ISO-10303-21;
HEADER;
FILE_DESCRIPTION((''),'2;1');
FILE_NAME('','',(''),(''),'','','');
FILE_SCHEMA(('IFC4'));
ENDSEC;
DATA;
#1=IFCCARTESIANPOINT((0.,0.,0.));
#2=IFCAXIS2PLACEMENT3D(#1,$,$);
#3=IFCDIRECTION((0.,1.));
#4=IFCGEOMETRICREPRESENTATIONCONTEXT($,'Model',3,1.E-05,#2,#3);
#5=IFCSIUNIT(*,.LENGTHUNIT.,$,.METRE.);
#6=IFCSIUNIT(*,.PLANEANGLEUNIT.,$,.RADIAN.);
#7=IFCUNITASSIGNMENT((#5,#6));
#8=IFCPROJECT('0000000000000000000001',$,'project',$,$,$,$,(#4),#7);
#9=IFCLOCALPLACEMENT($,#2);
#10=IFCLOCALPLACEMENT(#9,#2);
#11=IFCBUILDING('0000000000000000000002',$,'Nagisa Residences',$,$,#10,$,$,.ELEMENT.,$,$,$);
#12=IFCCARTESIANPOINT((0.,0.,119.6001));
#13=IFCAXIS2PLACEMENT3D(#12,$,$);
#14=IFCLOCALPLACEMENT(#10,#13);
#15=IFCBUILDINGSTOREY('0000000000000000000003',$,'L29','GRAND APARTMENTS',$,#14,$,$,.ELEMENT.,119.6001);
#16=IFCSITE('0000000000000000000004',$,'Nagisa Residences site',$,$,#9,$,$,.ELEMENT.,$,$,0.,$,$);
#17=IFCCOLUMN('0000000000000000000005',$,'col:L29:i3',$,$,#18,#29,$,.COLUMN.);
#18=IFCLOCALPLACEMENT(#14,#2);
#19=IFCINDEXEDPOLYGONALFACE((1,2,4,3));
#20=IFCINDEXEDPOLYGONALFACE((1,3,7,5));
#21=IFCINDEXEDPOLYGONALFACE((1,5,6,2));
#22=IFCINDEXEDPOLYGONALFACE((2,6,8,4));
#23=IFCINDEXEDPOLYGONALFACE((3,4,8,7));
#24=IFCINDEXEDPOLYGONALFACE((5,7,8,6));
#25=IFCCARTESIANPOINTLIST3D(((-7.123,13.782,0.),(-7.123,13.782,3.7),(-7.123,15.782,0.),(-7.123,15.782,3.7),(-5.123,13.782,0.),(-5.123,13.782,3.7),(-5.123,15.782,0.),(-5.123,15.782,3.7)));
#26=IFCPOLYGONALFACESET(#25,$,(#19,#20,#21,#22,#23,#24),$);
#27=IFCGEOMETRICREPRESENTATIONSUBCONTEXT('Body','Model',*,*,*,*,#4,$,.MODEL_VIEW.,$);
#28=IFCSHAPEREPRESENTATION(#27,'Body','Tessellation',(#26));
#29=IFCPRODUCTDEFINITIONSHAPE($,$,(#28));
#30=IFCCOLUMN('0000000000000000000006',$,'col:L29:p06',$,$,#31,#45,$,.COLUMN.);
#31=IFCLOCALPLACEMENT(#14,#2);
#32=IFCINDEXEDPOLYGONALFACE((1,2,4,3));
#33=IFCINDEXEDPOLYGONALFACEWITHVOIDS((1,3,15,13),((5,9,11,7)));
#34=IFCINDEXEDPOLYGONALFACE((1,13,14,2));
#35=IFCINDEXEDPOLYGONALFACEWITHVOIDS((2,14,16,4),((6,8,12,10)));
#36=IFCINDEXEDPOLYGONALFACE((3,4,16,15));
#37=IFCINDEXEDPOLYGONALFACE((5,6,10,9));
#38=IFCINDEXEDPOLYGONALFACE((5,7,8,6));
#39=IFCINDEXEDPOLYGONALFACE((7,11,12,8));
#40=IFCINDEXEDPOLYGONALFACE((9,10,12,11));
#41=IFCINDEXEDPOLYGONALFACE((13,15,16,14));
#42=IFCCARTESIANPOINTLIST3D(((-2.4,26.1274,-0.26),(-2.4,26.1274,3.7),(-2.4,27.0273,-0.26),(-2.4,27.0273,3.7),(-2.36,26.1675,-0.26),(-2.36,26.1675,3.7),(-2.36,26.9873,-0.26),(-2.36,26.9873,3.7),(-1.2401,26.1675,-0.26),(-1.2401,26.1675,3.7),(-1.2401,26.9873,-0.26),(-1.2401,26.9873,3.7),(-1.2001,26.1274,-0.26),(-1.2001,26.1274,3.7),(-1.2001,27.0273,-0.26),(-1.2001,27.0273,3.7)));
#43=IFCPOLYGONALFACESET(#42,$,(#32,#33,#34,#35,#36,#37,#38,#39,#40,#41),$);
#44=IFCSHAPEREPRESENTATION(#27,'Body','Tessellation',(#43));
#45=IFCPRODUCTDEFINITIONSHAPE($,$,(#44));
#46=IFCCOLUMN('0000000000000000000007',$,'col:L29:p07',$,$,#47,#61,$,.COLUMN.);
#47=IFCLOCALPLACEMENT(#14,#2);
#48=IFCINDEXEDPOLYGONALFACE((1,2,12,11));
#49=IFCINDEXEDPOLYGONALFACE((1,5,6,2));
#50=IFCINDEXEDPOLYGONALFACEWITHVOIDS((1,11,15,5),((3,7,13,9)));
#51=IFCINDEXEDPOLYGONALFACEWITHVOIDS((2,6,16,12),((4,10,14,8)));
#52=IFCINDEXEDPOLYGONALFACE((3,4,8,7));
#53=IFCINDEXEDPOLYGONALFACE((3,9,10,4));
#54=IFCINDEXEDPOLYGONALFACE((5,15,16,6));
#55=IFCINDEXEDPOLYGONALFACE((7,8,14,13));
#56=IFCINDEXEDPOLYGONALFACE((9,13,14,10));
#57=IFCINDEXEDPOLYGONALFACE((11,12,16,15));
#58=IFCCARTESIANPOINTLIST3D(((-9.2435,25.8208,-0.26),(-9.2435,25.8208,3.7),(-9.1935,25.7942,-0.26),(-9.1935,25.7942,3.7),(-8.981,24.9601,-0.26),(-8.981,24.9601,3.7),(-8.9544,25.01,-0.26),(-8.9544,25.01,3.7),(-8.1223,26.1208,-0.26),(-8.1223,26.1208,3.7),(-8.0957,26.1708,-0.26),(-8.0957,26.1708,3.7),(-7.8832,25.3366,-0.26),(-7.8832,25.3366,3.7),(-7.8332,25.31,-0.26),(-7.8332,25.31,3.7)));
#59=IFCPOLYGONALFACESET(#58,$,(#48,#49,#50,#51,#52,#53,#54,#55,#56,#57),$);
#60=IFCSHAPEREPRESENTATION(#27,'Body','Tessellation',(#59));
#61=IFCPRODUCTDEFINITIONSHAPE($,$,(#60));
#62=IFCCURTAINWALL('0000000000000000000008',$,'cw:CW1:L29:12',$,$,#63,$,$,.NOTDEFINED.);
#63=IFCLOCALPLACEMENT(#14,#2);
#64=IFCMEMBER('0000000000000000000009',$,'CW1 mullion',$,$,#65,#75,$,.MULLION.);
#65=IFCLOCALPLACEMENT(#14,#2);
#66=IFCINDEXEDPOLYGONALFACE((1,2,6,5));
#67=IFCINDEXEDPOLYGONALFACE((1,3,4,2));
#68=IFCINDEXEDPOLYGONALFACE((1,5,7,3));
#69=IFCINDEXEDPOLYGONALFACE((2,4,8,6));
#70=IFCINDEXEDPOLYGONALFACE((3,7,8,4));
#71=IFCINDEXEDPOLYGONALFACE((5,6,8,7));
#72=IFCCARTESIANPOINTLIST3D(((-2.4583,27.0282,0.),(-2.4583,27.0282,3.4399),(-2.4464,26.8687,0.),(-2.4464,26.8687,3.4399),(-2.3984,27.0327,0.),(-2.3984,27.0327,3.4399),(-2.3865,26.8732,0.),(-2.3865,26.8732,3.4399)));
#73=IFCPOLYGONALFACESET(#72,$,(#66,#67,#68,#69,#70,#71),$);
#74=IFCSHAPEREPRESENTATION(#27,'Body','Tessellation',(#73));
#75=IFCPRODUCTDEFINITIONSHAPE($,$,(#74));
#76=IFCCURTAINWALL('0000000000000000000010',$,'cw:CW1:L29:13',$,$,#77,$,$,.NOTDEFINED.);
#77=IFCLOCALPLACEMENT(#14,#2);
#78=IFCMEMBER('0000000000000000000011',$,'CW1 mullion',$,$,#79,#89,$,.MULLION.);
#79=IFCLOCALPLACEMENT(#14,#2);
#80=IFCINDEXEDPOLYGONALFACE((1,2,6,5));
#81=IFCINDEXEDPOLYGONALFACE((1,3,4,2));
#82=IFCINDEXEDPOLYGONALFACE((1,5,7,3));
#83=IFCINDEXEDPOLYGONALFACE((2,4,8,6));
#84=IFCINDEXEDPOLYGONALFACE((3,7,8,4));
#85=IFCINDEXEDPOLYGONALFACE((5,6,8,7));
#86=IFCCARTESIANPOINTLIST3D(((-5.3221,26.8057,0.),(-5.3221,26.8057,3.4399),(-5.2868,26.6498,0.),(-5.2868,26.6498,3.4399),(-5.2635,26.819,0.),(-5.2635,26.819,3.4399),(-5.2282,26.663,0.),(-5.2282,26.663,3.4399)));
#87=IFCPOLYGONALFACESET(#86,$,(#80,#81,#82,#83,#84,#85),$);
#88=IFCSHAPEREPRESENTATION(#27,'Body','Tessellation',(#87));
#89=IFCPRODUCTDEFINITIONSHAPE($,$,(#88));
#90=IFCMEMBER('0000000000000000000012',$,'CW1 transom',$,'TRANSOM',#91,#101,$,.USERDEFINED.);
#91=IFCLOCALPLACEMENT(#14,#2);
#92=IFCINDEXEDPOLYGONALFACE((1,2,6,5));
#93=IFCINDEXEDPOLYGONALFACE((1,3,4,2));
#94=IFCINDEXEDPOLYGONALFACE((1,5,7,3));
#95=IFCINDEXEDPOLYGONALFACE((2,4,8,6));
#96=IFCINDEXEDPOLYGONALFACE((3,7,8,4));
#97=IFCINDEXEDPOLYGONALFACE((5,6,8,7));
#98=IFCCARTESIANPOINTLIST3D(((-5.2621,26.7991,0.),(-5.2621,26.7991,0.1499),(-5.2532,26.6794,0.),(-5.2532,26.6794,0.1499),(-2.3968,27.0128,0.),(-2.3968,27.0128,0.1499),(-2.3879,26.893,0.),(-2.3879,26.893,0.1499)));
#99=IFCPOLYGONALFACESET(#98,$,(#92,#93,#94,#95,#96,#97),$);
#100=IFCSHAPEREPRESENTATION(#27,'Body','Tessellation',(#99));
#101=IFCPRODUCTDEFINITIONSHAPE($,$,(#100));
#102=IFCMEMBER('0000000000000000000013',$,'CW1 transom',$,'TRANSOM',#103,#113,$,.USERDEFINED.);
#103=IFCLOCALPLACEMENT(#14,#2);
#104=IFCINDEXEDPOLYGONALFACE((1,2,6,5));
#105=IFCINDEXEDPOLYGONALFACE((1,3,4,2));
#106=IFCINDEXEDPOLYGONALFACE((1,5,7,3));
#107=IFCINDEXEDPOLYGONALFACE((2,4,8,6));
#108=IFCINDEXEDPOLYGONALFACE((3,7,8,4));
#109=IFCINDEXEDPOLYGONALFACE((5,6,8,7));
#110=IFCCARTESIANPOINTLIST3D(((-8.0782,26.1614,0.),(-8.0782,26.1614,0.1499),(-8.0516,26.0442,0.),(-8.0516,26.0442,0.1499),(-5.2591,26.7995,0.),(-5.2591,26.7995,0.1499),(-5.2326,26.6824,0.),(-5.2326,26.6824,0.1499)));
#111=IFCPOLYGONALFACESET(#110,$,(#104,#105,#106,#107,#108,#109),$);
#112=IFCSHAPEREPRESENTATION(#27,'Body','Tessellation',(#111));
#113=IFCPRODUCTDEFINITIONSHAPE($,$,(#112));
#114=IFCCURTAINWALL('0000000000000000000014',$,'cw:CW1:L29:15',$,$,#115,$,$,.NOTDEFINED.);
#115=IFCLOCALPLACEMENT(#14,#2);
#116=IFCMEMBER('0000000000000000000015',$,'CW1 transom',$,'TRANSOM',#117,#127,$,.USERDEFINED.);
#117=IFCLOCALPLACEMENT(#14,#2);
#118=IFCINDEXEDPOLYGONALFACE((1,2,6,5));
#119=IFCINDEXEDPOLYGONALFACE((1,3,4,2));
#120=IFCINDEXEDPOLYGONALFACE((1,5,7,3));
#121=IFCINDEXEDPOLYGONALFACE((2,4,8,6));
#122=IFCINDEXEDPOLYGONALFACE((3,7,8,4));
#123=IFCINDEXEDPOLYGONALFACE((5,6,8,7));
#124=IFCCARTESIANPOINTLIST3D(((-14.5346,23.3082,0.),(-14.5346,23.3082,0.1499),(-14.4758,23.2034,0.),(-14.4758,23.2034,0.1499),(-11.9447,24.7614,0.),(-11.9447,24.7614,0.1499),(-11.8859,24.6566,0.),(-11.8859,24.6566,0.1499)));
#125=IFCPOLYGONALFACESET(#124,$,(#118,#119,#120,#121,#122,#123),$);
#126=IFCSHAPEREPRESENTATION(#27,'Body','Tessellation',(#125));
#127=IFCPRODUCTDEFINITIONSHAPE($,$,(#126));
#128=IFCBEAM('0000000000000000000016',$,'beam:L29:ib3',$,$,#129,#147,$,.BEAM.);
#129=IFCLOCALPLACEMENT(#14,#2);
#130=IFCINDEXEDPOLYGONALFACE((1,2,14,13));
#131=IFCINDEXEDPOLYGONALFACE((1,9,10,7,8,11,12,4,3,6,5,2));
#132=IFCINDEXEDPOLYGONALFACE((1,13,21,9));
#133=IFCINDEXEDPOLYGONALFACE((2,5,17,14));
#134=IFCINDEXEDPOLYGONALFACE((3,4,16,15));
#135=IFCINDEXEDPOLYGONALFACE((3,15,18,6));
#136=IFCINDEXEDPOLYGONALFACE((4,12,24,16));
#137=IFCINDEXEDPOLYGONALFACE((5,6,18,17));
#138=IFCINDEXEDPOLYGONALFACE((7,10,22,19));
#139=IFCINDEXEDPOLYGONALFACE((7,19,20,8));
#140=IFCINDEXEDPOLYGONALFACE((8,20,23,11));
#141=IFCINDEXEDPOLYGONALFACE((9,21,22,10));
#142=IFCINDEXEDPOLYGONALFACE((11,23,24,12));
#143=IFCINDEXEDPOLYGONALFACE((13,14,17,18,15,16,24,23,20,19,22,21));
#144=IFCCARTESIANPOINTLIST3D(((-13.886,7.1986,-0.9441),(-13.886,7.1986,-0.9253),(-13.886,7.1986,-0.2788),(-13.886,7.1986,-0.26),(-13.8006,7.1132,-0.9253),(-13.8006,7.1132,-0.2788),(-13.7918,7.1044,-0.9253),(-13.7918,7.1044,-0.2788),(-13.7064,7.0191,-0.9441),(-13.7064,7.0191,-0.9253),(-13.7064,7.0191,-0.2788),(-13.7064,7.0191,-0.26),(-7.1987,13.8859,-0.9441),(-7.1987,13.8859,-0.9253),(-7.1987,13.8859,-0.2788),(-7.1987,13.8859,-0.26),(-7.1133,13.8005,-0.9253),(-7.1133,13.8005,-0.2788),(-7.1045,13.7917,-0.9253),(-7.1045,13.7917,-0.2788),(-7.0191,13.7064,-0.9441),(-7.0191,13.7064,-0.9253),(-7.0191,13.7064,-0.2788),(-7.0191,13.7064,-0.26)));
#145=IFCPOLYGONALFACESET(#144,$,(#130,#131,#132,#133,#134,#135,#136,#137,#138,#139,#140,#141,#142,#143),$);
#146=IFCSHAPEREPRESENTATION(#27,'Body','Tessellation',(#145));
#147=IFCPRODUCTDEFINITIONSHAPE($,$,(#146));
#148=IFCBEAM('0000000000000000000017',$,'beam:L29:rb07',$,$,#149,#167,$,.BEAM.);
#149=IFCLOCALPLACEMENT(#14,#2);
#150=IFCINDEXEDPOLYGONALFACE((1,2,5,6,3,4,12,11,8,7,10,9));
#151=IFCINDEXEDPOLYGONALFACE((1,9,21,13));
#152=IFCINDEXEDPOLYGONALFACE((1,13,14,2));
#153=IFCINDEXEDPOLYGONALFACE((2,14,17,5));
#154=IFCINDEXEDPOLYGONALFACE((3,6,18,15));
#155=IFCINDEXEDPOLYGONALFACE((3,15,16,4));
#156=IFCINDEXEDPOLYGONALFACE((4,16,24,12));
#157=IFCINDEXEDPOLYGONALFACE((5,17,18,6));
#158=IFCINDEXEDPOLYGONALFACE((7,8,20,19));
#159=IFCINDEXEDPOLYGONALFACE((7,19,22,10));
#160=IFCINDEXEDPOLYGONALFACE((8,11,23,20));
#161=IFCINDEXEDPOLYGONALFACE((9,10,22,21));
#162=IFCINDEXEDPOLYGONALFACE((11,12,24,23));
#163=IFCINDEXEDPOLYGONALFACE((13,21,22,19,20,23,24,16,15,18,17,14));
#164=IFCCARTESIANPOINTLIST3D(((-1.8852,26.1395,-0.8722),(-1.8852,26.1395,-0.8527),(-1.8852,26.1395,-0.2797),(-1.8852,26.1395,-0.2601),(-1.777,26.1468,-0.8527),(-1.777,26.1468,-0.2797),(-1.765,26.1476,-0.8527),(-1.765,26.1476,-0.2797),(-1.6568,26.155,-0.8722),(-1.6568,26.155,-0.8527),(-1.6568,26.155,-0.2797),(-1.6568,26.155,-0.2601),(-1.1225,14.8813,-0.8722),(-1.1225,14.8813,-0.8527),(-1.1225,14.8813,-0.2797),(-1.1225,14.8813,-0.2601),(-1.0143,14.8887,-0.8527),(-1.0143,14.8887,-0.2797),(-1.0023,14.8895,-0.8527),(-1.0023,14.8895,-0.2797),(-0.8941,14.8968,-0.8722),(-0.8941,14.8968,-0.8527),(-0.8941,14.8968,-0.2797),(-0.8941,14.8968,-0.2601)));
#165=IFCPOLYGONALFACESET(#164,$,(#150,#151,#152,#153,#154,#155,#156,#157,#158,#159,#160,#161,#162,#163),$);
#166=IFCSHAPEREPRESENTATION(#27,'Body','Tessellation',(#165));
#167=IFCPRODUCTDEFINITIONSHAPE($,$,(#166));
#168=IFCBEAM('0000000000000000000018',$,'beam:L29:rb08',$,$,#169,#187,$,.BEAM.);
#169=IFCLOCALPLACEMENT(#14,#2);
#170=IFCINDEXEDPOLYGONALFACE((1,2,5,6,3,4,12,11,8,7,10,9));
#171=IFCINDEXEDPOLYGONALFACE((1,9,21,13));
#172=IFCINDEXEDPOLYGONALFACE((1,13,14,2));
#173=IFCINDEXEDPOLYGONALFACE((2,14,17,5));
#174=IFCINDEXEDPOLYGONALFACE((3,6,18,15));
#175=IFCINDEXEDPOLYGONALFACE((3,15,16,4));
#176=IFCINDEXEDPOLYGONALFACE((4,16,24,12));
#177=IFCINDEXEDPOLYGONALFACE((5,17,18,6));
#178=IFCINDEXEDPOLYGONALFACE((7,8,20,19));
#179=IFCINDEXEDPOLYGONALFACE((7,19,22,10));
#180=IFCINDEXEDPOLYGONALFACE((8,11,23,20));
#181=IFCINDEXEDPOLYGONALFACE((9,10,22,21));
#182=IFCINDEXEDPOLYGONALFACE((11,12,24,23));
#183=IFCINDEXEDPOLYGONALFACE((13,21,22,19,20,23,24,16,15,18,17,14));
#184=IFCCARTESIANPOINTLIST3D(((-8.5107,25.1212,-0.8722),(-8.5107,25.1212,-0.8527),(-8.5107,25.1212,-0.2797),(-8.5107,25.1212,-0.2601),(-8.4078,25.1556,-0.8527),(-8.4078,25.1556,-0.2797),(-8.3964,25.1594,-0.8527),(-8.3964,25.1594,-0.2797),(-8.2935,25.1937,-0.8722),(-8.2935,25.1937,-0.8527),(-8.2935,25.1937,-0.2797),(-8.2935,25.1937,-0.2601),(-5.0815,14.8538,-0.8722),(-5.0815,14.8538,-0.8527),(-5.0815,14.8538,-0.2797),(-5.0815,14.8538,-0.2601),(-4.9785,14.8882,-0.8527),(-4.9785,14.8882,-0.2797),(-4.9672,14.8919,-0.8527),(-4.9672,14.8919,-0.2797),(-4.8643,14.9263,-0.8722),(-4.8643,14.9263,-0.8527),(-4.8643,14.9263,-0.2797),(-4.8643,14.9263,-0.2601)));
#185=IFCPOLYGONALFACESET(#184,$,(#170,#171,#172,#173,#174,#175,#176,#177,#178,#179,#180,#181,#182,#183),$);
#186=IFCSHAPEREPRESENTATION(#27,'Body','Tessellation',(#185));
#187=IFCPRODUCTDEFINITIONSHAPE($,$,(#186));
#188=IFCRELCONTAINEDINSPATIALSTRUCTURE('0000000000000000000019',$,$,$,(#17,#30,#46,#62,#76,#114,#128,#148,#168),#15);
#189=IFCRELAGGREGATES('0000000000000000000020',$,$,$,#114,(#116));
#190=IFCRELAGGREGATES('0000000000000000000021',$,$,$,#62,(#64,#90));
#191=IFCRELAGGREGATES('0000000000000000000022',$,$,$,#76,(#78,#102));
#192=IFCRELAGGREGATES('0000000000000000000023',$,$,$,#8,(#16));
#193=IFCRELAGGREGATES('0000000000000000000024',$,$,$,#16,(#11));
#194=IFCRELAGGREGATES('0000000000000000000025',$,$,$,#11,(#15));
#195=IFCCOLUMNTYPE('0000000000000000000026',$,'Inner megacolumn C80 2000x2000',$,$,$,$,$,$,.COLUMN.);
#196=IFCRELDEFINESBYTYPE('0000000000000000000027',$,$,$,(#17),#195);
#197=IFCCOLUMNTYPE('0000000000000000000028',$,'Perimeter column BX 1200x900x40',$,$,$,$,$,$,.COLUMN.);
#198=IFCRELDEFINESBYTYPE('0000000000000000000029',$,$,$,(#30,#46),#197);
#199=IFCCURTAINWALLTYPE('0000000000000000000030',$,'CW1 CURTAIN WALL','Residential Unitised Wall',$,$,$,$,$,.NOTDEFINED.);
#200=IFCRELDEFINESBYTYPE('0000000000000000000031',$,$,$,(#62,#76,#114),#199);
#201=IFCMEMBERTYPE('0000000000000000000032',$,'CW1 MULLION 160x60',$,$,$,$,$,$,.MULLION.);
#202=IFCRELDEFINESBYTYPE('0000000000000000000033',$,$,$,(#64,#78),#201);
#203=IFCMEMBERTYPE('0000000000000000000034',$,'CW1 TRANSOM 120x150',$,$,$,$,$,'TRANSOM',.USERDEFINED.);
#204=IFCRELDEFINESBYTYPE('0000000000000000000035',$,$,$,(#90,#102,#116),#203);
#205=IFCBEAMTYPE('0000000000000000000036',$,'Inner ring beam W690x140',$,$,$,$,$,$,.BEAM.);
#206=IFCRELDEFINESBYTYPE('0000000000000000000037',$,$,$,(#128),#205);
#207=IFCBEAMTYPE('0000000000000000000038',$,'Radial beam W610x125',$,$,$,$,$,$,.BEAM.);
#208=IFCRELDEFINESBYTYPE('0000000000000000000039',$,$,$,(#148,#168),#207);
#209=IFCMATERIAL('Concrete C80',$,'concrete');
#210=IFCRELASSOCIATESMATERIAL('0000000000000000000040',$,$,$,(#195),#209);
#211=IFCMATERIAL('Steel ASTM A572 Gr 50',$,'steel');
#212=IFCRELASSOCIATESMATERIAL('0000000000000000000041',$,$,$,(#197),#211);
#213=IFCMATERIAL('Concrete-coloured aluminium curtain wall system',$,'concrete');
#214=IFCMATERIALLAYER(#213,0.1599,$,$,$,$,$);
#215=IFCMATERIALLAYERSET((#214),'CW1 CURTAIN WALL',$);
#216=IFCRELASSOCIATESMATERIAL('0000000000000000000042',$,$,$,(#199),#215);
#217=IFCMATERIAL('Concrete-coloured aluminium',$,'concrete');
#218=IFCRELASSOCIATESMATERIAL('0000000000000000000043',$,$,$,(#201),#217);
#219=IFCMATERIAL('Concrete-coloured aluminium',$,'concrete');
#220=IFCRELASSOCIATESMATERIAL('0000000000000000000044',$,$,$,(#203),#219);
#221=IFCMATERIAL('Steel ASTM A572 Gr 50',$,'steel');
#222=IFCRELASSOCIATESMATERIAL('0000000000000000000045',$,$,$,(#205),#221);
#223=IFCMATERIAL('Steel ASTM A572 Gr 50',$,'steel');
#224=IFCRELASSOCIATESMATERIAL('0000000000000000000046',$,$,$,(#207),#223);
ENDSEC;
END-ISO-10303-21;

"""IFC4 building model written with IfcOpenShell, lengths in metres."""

from ifc_helpers import new_model, si_unit, direction, frame, origin, origin_2d, place, context, subcontext, project, spatial, rectangle, hollow_rectangle, i_section, extrude, material, layer, layer_set, material_profile, profile_set, type_object, element, aggregate, save


model = new_model("IFC4")

# Units and contexts
model_context = context("Model", 3, precision=1e-05, world=origin(), true_north=direction((0.0, 1.0)))
body_context = subcontext(model_context, "Body", "Model", "MODEL_VIEW")
ifc_project = project(units=[si_unit("LENGTHUNIT", "METRE"), si_unit("PLANEANGLEUNIT", "RADIAN")], contexts=[model_context])

# Site, building, storey
site_placement = place(None, origin())
site = spatial("IfcSite", under=ifc_project, at=site_placement, Name="Nagisa Residences site", CompositionType="ELEMENT", RefElevation=0.0)
building_placement = place(site_placement, origin())
building = spatial("IfcBuilding", under=site, at=building_placement, Name="Nagisa Residences", CompositionType="ELEMENT")
storey_placement = place(building_placement, frame((0.0, 0.0, 119.6001)))
storey = spatial("IfcBuildingStorey", under=building, at=storey_placement, Name="L29", Description="GRAND APARTMENTS", CompositionType="ELEMENT", Elevation=119.6001)

# Columns
ifc_material_1 = material(Name="Concrete C80", Category="concrete")
ifc_material_profile_1 = material_profile(ifc_material_1, rectangle(XDim=2.0, YDim=2.0, at=origin_2d()), Name="C80 2000x2000")
ifc_profile_set_1 = profile_set([ifc_material_profile_1], Name="Concrete C80")
column_type_1 = type_object("IfcColumnType", Name="Inner megacolumn C80 2000x2000", PredefinedType="COLUMN", material=ifc_profile_set_1)
column_placement = place(storey_placement, frame((-6.123, 14.782, 0.0), z_axis=(0.0, 0.0, 1.0), x_axis=(1.0, 0.0, 0.0)))
element("IfcColumn", 1, at=column_placement, inside=storey, type_object=column_type_1, Name="col:L29:i3", PredefinedType="COLUMN", context=body_context, shape_type="SweptSolid", body=[
    extrude(rectangle(XDim=2.0, YDim=2.0, at=origin_2d()), origin(), (0.0, 0.0, 1.0), 3.7),
])
ifc_material_2 = material(Name="Steel ASTM A572 Gr 50", Category="steel")
ifc_material_profile_2 = material_profile(ifc_material_2, hollow_rectangle(XDim=1.2, YDim=0.8999, WallThickness=0.04, at=origin_2d()), Name="BX 1200x900x40")
ifc_profile_set_2 = profile_set([ifc_material_profile_2], Name="Steel ASTM A572 Gr 50")
column_type_2 = type_object("IfcColumnType", Name="Perimeter column BX 1200x900x40", PredefinedType="COLUMN", material=ifc_profile_set_2)
for number, where, z_axis, x_axis, name in (
    (2, (-1.8, 26.5774, -0.26), (0.0, 0.0, 1.0), (-1.0, 0.0, 0.0), "col:L29:p06"),
    (3, (-8.5383, 25.5654, -0.26), (0.0, 0.0, 1.0), (-0.956525, -0.291652, 0.0), "col:L29:p07"),
):
    element("IfcColumn", number, at=place(storey_placement, frame(where, z_axis=z_axis, x_axis=x_axis)), inside=storey, type_object=column_type_2, Name=name, PredefinedType="COLUMN", context=body_context, shape_type="SweptSolid", body=[
        extrude(hollow_rectangle(XDim=1.2, YDim=0.8999, WallThickness=0.04, at=origin_2d()), origin(), (0.0, 0.0, 1.0), 3.96),
    ])

# Curtain walls, members
ifc_material_3 = material(Name="Concrete-coloured aluminium curtain wall system", Category="concrete")
ifc_layer_1 = layer(ifc_material_3, 0.1599)
ifc_layer_set_1 = layer_set([ifc_layer_1], Name="CW1 CURTAIN WALL")
curtain_wall_type = type_object("IfcCurtainWallType", Name="CW1 CURTAIN WALL", Description="Residential Unitised Wall", PredefinedType="NOTDEFINED", material=ifc_layer_set_1)
curtain_wall_1_placement = place(storey_placement, origin())
curtain_wall_1 = element("IfcCurtainWall", 4, at=curtain_wall_1_placement, inside=storey, type_object=curtain_wall_type, Name="cw:CW1:L29:12", PredefinedType="NOTDEFINED")
ifc_material_4 = material(Name="Concrete-coloured aluminium", Category="concrete")
ifc_material_profile_3 = material_profile(ifc_material_4, rectangle(XDim=0.1599, YDim=0.0601, at=origin_2d()), Name="CW1 MULLION 160x60")
ifc_profile_set_3 = profile_set([ifc_material_profile_3], Name="Concrete-coloured aluminium")
member_type_1 = type_object("IfcMemberType", Name="CW1 MULLION 160x60", PredefinedType="MULLION", material=ifc_profile_set_3)
member_1_placement = place(storey_placement, frame((-2.4224, 26.9507, 0.0), z_axis=(0.0, 0.0, 1.0), x_axis=(0.074377, -0.99723, 0.0)))
member_1 = element("IfcMember", 5, at=member_1_placement, type_object=member_type_1, Name="CW1 mullion", PredefinedType="MULLION", context=body_context, shape_type="SweptSolid", body=[
    extrude(rectangle(XDim=0.1599, YDim=0.0601, at=origin_2d()), origin(), (0.0, 0.0, 1.0), 3.4399),
])
curtain_wall_2_placement = place(storey_placement, origin())
curtain_wall_2 = element("IfcCurtainWall", 6, at=curtain_wall_2_placement, inside=storey, type_object=curtain_wall_type, Name="cw:CW1:L29:13", PredefinedType="NOTDEFINED")
member_2_placement = place(storey_placement, frame((-5.2751, 26.7344, 0.0), z_axis=(0.0, 0.0, 1.0), x_axis=(0.220764, -0.975327, 0.0)))
member_2 = element("IfcMember", 7, at=member_2_placement, type_object=member_type_1, Name="CW1 mullion", PredefinedType="MULLION", context=body_context, shape_type="SweptSolid", body=[
    extrude(rectangle(XDim=0.1599, YDim=0.0601, at=origin_2d()), origin(), (0.0, 0.0, 1.0), 3.4399),
])

# Members
ifc_material_5 = material(Name="Concrete-coloured aluminium", Category="concrete")
ifc_material_profile_4 = material_profile(ifc_material_5, rectangle(XDim=0.1201, YDim=0.1499, at=origin_2d()), Name="CW1 TRANSOM 120x150")
ifc_profile_set_4 = profile_set([ifc_material_profile_4], Name="Concrete-coloured aluminium")
member_type_2 = type_object("IfcMemberType", Name="CW1 TRANSOM 120x150", ElementType="TRANSOM", PredefinedType="USERDEFINED", material=ifc_profile_set_4)
member_3_placement = place(storey_placement, frame((-2.3923, 26.9529, 0.075), z_axis=(-0.997232, -0.074351, 0.0), x_axis=(0.074351, -0.997232, 0.0)))
member_3 = element("IfcMember", 8, at=member_3_placement, type_object=member_type_2, Name="CW1 transom", ObjectType="TRANSOM", PredefinedType="USERDEFINED", context=body_context, shape_type="SweptSolid", body=[
    extrude(rectangle(XDim=0.1201, YDim=0.1499, at=origin_2d()), origin(), (0.0, 0.0, 1.0), 2.8733),
])
member_4_placement = place(storey_placement, frame((-5.2458, 26.741, 0.075), z_axis=(-0.975321, -0.220792, 0.0), x_axis=(0.220792, -0.975321, 0.0)))
member_4 = element("IfcMember", 9, at=member_4_placement, type_object=member_type_2, Name="CW1 transom", ObjectType="TRANSOM", PredefinedType="USERDEFINED", context=body_context, shape_type="SweptSolid", body=[
    extrude(rectangle(XDim=0.1201, YDim=0.1499, at=origin_2d()), origin(), (0.0, 0.0, 1.0), 2.8904),
])

# Curtain wall, member
curtain_wall_3_placement = place(storey_placement, origin())
curtain_wall_3 = element("IfcCurtainWall", 10, at=curtain_wall_3_placement, inside=storey, type_object=curtain_wall_type, Name="cw:CW1:L29:15", PredefinedType="NOTDEFINED")
member_5_placement = place(storey_placement, frame((-11.9153, 24.709, 0.075), z_axis=(-0.872102, -0.489324, 0.0), x_axis=(0.489324, -0.872102, 0.0)))
member_5 = element("IfcMember", 11, at=member_5_placement, type_object=member_type_2, Name="CW1 transom", ObjectType="TRANSOM", PredefinedType="USERDEFINED", context=body_context, shape_type="SweptSolid", body=[
    extrude(rectangle(XDim=0.1201, YDim=0.1499, at=origin_2d()), origin(), (0.0, 0.0, 1.0), 2.9697),
])
aggregate(curtain_wall_3, [member_5])

# Beams
ifc_material_6 = material(Name="Steel ASTM A572 Gr 50", Category="steel")
ifc_material_profile_5 = material_profile(ifc_material_6, i_section(OverallWidth=0.2539, OverallDepth=0.6841, WebThickness=0.0125, FlangeThickness=0.0188, at=origin_2d()), Name="W690x140")
ifc_profile_set_5 = profile_set([ifc_material_profile_5], Name="Steel ASTM A572 Gr 50")
beam_type_1 = type_object("IfcBeamType", Name="Inner ring beam W690x140", PredefinedType="BEAM", material=ifc_profile_set_5)
beam_1_placement = place(storey_placement, frame((-7.1089, 13.7961, -0.6021), z_axis=(-0.707107, -0.707107, 0.0), x_axis=(0.707107, -0.707107, 0.0)))
element("IfcBeam", 12, at=beam_1_placement, inside=storey, type_object=beam_type_1, Name="beam:L29:ib3", PredefinedType="BEAM", context=body_context, shape_type="SweptSolid", body=[
    extrude(i_section(OverallWidth=0.2539, OverallDepth=0.6841, WebThickness=0.0125, FlangeThickness=0.0188, at=origin_2d()), origin(), (0.0, 0.0, 1.0), 9.4573),
])
ifc_material_7 = material(Name="Steel ASTM A572 Gr 50", Category="steel")
ifc_material_profile_6 = material_profile(ifc_material_7, i_section(OverallWidth=0.229, OverallDepth=0.6121, WebThickness=0.012, FlangeThickness=0.0195, at=origin_2d()), Name="W610x125")
ifc_profile_set_6 = profile_set([ifc_material_profile_6], Name="Steel ASTM A572 Gr 50")
beam_type_2 = type_object("IfcBeamType", Name="Radial beam W610x125", PredefinedType="BEAM", material=ifc_profile_set_6)
beam_2_placement = place(storey_placement, frame((-1.771, 26.1472, -0.5662), z_axis=(0.067592, -0.997713, 0.0), x_axis=(0.997713, 0.067592, 0.0)))
element("IfcBeam", 13, at=beam_2_placement, inside=storey, type_object=beam_type_2, Name="beam:L29:rb07", PredefinedType="BEAM", context=body_context, shape_type="SweptSolid", body=[
    extrude(i_section(OverallWidth=0.229, OverallDepth=0.6121, WebThickness=0.012, FlangeThickness=0.0195, at=origin_2d()), origin(), (0.0, 0.0, 1.0), 11.2839),
])
beam_3_placement = place(storey_placement, frame((-8.4021, 25.1575, -0.5662), z_axis=(0.316789, -0.948496, 0.0), x_axis=(0.948496, 0.316789, 0.0)))
element("IfcBeam", 14, at=beam_3_placement, inside=storey, type_object=beam_type_2, Name="beam:L29:rb08", PredefinedType="BEAM", context=body_context, shape_type="SweptSolid", body=[
    extrude(i_section(OverallWidth=0.229, OverallDepth=0.6121, WebThickness=0.012, FlangeThickness=0.0195, at=origin_2d()), origin(), (0.0, 0.0, 1.0), 10.825),
])

aggregate(curtain_wall_1, [member_1, member_3])
aggregate(curtain_wall_2, [member_2, member_4])

save(model, "model.ifc")
